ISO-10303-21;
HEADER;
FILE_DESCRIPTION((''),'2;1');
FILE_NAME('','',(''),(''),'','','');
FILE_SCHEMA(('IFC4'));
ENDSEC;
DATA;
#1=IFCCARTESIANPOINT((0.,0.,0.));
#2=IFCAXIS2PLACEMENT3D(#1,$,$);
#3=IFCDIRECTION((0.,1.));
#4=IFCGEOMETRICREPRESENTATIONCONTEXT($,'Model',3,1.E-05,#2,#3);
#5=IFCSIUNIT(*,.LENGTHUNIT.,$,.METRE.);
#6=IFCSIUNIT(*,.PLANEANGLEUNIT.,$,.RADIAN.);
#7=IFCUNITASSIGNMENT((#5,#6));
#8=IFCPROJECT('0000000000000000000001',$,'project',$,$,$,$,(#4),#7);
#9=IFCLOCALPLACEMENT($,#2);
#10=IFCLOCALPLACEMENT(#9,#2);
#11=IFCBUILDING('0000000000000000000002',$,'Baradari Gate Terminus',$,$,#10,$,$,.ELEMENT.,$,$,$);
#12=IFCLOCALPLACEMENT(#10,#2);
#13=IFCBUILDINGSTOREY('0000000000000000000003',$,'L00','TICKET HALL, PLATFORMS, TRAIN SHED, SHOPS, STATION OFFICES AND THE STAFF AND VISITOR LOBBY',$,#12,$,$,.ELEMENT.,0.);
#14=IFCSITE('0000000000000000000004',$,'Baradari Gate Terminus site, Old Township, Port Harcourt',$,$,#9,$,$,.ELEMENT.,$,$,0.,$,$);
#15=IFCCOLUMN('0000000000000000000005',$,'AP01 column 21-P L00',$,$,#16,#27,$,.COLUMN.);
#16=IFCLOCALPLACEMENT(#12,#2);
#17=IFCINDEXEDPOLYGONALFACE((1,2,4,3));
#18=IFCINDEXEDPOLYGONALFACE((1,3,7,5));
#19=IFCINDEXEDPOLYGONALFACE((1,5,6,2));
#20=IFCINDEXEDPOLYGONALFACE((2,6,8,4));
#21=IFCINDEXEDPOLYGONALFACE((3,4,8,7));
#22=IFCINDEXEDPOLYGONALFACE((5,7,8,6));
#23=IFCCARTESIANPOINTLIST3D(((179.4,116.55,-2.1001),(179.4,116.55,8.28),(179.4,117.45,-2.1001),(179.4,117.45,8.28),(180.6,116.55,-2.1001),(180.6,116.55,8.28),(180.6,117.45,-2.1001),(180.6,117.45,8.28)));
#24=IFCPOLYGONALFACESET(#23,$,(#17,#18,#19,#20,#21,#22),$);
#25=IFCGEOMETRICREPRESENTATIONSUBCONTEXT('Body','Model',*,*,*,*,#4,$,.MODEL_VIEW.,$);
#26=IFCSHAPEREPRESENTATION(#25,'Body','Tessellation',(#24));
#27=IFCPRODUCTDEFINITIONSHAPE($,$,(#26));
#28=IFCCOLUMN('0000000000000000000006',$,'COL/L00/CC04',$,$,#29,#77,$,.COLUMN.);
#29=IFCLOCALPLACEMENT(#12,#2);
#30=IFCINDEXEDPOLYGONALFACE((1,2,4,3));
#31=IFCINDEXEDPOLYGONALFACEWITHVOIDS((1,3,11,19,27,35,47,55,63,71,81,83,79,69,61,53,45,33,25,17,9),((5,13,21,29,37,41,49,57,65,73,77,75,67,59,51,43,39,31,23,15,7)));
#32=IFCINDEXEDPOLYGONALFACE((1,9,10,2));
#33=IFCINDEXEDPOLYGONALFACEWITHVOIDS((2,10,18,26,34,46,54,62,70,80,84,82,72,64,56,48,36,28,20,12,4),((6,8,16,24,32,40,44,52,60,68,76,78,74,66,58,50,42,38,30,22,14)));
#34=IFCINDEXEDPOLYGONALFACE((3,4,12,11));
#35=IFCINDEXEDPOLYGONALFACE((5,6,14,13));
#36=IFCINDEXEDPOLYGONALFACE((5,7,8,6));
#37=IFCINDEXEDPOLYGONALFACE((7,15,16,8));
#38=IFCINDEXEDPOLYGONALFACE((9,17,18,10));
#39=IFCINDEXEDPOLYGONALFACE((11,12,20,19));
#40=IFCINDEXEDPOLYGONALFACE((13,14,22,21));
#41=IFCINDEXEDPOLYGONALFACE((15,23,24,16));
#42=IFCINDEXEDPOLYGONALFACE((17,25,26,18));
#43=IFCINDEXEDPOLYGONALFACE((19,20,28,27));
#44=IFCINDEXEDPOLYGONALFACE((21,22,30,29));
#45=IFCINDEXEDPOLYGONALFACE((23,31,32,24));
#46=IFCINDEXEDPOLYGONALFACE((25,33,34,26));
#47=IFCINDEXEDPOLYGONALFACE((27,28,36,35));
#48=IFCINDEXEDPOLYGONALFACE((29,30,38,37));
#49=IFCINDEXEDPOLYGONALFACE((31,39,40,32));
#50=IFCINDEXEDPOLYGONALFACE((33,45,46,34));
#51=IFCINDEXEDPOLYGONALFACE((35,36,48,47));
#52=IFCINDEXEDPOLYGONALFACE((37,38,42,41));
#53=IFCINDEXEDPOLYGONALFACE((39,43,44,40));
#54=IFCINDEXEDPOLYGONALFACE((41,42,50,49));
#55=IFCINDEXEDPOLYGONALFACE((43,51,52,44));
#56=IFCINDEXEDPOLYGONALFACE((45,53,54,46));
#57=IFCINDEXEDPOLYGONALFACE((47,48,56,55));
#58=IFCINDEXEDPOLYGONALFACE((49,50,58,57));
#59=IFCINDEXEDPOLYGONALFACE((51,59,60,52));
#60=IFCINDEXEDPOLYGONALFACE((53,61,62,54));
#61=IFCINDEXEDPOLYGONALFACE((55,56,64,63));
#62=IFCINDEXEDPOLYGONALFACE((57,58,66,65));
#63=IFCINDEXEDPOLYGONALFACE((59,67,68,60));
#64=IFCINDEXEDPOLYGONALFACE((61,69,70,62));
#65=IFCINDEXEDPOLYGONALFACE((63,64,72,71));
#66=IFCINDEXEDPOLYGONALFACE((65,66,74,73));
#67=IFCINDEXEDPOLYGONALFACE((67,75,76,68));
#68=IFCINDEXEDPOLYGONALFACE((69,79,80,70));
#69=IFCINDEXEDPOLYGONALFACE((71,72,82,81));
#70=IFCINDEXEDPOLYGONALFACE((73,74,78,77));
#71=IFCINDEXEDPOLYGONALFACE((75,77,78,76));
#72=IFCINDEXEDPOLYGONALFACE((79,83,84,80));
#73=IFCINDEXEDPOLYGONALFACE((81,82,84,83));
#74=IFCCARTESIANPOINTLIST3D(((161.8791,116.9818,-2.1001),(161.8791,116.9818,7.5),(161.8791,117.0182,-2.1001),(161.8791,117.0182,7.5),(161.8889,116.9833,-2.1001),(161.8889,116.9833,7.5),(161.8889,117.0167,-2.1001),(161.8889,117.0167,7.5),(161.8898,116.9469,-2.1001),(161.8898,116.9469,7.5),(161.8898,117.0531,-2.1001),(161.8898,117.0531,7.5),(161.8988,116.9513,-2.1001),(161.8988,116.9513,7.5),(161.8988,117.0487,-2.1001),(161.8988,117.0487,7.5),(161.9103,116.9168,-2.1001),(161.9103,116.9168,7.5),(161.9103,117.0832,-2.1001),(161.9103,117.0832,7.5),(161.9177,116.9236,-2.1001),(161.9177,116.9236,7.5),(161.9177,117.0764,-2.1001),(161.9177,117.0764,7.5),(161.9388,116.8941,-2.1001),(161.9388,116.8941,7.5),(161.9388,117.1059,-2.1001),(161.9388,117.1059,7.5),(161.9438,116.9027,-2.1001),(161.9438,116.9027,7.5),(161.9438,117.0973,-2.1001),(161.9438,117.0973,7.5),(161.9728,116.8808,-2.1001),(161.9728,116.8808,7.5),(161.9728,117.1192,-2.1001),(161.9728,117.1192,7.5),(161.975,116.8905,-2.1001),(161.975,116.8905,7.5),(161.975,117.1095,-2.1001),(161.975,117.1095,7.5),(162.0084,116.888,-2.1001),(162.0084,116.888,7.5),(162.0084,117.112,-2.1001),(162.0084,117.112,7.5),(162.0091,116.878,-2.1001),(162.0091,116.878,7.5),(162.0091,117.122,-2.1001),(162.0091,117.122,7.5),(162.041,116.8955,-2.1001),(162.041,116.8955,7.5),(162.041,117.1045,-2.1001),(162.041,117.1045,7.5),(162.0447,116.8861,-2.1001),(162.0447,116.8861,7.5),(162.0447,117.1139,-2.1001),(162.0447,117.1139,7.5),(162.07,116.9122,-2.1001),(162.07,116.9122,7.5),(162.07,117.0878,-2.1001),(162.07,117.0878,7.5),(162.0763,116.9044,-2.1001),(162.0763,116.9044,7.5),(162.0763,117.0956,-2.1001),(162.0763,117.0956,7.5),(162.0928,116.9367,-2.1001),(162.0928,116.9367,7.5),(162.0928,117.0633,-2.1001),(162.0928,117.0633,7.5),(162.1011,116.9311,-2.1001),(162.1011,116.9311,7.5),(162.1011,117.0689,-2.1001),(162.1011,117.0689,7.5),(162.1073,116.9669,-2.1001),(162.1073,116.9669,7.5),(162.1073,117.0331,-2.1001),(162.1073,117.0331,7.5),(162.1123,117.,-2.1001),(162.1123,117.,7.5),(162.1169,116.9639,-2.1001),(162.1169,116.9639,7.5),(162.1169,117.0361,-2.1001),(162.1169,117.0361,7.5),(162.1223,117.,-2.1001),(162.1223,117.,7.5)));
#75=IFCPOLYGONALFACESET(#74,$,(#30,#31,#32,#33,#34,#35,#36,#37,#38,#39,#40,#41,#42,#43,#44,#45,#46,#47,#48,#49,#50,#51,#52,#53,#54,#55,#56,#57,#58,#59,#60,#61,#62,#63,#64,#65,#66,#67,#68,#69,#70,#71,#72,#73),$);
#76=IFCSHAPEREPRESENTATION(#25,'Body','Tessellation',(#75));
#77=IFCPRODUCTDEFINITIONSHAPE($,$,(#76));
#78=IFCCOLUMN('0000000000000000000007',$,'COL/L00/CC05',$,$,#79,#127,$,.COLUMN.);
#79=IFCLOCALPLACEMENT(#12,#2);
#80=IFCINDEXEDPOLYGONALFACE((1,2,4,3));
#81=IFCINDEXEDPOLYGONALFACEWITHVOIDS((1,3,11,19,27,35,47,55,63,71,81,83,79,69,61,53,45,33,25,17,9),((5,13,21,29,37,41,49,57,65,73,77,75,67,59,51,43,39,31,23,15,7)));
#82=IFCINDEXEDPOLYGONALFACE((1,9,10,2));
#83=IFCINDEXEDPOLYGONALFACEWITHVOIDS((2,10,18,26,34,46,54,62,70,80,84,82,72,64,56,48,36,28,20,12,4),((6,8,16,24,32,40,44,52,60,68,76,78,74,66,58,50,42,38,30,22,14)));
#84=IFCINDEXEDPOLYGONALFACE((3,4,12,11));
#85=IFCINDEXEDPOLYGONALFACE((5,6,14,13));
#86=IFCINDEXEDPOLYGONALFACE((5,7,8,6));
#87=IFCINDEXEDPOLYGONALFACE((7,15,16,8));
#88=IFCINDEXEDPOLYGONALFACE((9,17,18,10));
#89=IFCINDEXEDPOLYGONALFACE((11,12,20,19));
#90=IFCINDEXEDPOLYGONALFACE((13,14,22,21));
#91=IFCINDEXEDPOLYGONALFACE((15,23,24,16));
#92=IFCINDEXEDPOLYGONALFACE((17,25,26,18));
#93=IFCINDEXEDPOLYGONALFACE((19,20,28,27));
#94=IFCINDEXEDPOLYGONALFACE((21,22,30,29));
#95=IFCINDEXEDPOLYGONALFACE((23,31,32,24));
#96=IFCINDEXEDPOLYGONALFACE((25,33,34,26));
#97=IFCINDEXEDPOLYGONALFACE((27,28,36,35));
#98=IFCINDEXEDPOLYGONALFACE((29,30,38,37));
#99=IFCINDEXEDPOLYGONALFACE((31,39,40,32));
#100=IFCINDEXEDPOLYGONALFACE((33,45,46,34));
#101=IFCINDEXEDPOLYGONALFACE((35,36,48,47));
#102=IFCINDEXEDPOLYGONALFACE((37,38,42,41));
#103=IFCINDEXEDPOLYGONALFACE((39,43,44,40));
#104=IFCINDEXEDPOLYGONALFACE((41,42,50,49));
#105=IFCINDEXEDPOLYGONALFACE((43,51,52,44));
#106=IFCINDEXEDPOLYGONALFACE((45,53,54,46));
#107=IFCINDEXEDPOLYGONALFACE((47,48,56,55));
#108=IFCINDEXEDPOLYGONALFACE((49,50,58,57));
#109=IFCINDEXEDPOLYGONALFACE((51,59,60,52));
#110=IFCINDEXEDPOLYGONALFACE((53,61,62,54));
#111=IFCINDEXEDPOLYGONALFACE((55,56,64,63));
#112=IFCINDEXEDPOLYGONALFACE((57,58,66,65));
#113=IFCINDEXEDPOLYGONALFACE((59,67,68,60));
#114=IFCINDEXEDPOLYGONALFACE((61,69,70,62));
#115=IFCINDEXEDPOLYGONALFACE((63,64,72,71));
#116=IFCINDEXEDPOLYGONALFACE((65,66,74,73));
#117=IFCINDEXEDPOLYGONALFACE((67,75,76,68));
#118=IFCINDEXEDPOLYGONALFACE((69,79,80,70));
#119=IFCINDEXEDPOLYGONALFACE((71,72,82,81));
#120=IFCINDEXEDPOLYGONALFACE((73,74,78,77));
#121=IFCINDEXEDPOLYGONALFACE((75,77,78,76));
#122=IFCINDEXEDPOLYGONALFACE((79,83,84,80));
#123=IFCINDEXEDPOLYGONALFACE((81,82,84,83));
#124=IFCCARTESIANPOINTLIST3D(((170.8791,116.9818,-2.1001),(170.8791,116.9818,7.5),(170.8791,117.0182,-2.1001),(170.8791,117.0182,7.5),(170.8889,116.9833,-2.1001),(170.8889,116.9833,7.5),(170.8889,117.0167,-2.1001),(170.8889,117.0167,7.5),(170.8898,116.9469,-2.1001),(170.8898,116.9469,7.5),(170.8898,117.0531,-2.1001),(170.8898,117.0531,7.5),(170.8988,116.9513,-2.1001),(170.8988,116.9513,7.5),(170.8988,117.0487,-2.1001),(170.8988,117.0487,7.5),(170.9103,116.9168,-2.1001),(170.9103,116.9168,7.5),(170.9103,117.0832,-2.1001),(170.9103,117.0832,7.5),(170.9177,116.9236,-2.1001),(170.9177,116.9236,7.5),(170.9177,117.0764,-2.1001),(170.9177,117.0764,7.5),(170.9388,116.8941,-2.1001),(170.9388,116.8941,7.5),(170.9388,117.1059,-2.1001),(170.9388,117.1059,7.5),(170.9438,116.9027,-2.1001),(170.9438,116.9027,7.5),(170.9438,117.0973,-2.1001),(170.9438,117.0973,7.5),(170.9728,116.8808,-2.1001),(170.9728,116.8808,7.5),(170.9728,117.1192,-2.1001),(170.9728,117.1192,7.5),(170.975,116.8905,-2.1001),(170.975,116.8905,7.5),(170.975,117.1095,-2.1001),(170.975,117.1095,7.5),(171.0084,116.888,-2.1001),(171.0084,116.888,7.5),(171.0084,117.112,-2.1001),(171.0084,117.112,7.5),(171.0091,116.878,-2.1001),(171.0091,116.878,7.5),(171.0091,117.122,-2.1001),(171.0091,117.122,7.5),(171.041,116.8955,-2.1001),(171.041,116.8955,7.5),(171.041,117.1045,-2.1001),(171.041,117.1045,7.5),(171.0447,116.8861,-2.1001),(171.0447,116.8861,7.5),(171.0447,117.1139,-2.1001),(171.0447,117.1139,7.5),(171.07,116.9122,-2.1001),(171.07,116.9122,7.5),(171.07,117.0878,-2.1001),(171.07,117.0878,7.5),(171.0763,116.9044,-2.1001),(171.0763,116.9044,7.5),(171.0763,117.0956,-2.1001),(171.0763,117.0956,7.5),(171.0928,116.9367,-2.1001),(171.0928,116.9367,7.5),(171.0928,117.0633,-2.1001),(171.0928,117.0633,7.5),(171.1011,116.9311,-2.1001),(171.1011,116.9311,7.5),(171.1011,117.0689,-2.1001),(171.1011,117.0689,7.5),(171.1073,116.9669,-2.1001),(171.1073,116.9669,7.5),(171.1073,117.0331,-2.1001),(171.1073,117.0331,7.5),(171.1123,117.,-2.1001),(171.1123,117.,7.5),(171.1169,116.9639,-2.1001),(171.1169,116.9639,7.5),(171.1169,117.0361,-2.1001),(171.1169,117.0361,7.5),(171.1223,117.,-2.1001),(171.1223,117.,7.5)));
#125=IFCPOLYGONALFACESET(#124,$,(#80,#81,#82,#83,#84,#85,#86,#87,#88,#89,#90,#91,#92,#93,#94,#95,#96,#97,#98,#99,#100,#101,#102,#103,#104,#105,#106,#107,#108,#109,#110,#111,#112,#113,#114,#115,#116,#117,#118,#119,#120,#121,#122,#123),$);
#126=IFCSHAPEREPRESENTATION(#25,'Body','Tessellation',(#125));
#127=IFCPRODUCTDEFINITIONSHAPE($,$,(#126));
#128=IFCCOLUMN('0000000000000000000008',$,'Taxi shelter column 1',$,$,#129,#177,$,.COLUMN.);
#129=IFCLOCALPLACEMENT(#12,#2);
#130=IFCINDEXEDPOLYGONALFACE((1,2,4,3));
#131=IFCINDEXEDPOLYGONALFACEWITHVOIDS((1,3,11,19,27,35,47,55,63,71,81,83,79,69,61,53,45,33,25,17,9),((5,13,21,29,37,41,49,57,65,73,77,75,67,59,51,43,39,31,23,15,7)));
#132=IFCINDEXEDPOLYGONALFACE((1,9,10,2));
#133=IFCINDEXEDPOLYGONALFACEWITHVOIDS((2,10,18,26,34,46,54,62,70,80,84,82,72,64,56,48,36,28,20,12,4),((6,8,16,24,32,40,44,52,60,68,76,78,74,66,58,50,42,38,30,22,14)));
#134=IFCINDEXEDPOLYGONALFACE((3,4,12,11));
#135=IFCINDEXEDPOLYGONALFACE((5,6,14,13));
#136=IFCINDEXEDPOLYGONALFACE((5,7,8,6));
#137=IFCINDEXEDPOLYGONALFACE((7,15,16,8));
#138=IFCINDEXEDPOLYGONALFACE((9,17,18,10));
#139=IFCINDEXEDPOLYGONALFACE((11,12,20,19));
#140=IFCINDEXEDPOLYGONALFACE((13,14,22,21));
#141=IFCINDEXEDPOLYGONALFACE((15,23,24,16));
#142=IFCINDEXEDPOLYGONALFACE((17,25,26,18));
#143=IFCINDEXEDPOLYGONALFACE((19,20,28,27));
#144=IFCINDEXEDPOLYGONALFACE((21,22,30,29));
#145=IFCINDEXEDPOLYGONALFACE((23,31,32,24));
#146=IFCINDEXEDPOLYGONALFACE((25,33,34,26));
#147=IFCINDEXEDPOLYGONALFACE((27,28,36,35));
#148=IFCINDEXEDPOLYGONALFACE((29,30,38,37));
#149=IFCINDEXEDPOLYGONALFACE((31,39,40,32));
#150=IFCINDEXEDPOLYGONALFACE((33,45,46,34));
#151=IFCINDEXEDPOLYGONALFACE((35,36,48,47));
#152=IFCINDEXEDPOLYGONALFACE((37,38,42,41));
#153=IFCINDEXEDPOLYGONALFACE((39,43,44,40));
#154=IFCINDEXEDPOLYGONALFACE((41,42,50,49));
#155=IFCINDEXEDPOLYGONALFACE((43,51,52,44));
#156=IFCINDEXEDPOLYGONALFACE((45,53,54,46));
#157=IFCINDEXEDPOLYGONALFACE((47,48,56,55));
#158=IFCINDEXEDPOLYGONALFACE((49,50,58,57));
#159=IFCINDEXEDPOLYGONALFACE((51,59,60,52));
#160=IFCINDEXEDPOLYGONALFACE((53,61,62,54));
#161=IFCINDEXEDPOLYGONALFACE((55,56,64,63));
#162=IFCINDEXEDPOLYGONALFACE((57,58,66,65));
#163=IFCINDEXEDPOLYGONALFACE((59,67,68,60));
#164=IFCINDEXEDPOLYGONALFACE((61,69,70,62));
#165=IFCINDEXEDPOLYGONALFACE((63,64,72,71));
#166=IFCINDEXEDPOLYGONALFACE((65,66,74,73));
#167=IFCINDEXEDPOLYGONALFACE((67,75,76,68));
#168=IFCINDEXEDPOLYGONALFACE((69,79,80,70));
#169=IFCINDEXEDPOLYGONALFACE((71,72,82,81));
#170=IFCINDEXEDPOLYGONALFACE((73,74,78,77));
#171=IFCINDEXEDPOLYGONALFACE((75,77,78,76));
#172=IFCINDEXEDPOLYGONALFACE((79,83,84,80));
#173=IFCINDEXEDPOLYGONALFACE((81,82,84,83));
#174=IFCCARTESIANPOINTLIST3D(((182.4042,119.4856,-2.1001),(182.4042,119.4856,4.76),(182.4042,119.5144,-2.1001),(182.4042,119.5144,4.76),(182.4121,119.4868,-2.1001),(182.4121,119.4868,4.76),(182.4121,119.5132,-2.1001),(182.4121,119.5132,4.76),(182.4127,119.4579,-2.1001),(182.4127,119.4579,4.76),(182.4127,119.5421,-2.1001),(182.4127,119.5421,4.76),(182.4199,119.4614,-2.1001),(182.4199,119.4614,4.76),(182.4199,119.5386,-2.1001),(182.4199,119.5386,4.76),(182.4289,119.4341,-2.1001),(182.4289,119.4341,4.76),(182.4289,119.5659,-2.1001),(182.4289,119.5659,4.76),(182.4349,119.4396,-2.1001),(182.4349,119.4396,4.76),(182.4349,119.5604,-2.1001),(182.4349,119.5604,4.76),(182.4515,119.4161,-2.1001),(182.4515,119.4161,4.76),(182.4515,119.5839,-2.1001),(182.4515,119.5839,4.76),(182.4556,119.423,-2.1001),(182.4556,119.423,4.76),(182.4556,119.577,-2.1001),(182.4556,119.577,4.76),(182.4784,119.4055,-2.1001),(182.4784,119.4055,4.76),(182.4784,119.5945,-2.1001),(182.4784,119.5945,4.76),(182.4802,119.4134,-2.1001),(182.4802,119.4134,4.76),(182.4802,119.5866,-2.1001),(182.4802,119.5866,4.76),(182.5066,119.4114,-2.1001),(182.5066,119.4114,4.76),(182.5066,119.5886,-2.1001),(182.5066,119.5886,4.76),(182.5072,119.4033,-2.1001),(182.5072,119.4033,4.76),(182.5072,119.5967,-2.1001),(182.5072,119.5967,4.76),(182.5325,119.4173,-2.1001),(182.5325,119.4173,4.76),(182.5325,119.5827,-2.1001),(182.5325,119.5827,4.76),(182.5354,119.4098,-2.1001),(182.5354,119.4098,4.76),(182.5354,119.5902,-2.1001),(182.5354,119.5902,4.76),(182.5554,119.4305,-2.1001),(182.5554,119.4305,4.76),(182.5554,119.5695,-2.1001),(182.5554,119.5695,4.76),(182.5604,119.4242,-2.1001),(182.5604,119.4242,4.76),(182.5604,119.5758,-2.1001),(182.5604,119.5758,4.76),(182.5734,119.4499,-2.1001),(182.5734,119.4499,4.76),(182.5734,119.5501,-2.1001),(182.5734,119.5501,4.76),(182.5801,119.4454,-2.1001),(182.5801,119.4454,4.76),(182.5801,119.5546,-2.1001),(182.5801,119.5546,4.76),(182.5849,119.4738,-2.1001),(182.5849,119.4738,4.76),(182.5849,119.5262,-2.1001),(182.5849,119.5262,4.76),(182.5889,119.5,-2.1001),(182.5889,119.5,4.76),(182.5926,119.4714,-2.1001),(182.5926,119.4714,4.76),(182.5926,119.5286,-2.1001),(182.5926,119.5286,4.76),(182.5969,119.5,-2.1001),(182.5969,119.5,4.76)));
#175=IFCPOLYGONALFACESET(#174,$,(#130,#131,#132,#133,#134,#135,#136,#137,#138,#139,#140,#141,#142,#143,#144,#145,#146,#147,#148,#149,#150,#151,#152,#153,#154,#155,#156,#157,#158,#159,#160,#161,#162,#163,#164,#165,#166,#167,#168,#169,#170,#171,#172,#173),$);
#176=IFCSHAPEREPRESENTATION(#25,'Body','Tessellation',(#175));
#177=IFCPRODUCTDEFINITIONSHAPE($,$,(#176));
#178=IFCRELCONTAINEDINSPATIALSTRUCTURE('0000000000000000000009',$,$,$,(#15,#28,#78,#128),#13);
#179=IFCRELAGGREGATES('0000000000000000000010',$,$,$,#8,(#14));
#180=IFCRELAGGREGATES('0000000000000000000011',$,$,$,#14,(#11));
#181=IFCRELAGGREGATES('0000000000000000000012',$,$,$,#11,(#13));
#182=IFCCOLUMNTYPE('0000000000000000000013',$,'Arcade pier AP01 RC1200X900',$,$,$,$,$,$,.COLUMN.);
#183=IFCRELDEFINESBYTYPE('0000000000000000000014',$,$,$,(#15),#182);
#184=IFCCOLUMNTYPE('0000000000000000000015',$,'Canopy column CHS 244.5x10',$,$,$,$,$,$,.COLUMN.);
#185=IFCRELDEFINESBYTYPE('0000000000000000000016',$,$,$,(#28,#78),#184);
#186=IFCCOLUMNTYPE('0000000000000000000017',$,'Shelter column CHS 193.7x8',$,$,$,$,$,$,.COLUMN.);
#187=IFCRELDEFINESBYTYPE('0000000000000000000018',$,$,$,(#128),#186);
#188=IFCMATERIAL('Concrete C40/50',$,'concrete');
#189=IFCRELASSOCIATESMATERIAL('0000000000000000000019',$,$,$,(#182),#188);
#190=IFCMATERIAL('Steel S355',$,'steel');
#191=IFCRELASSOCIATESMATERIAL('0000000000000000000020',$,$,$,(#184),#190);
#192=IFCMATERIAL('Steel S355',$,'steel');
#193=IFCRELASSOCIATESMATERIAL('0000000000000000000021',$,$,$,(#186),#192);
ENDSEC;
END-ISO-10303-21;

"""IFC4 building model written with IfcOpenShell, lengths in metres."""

from ifc_helpers import new_model, si_unit, direction, frame, origin, origin_2d, place, context, subcontext, project, spatial, rectangle, hollow_circle, extrude, material, material_profile, profile_set, type_object, element, save


model = new_model("IFC4")

# Units and contexts
model_context = context("Model", 3, precision=1e-05, world=origin(), true_north=direction((0.0, 1.0)))
body_context = subcontext(model_context, "Body", "Model", "MODEL_VIEW")
ifc_project = project(units=[si_unit("LENGTHUNIT", "METRE"), si_unit("PLANEANGLEUNIT", "RADIAN")], contexts=[model_context])

# Site, building, storey
site_placement = place(None, origin())
site = spatial("IfcSite", under=ifc_project, at=site_placement, Name="Baradari Gate Terminus site, Old Township, Port Harcourt", CompositionType="ELEMENT", RefElevation=0.0)
building_placement = place(site_placement, origin())
building = spatial("IfcBuilding", under=site, at=building_placement, Name="Baradari Gate Terminus", CompositionType="ELEMENT")
storey_placement = place(building_placement, origin())
storey = spatial("IfcBuildingStorey", under=building, at=storey_placement, Name="L00", Description="TICKET HALL, PLATFORMS, TRAIN SHED, SHOPS, STATION OFFICES AND THE STAFF AND VISITOR LOBBY", CompositionType="ELEMENT", Elevation=0.0)

# Columns
ifc_material_1 = material(Name="Concrete C40/50", Category="concrete")
ifc_material_profile_1 = material_profile(ifc_material_1, rectangle(XDim=1.2, YDim=0.8999, at=origin_2d()), Name="RC1200X900")
ifc_profile_set_1 = profile_set([ifc_material_profile_1], Name="Concrete C40/50")
column_type_1 = type_object("IfcColumnType", Name="Arcade pier AP01 RC1200X900", PredefinedType="COLUMN", material=ifc_profile_set_1)
column_1_placement = place(storey_placement, frame((180.0, 117.0, -2.1001), z_axis=(0.0, 0.0, 1.0), x_axis=(1.0, 0.0, 0.0)))
element("IfcColumn", 1, at=column_1_placement, inside=storey, type_object=column_type_1, Name="AP01 column 21-P L00", PredefinedType="COLUMN", context=body_context, shape_type="SweptSolid", body=[
    extrude(rectangle(XDim=1.2, YDim=0.8999, at=origin_2d()), origin(), (0.0, 0.0, 1.0), 10.3801),
])
ifc_material_2 = material(Name="Steel S355", Category="steel")
ifc_material_profile_2 = material_profile(ifc_material_2, hollow_circle(Radius=0.1223, WallThickness=0.01, at=origin_2d()), Name="CHS 244.5x10")
ifc_profile_set_2 = profile_set([ifc_material_profile_2], Name="Steel S355")
column_type_2 = type_object("IfcColumnType", Name="Canopy column CHS 244.5x10", PredefinedType="COLUMN", material=ifc_profile_set_2)
for number, where, z_axis, x_axis, name in (
    (2, (162.0, 117.0, -2.1001), (0.0, 0.0, 1.0), (1.0, 0.0, 0.0), "COL/L00/CC04"),
    (3, (171.0, 117.0, -2.1001), (0.0, 0.0, 1.0), (1.0, 0.0, 0.0), "COL/L00/CC05"),
):
    element("IfcColumn", number, at=place(storey_placement, frame(where, z_axis=z_axis, x_axis=x_axis)), inside=storey, type_object=column_type_2, Name=name, PredefinedType="COLUMN", context=body_context, shape_type="SweptSolid", body=[
        extrude(hollow_circle(Radius=0.1223, WallThickness=0.01, at=origin_2d()), origin(), (0.0, 0.0, 1.0), 9.6001),
    ])
ifc_material_3 = material(Name="Steel S355", Category="steel")
ifc_material_profile_3 = material_profile(ifc_material_3, hollow_circle(Radius=0.0969, WallThickness=0.0081, at=origin_2d()), Name="CHS 193.7x8")
ifc_profile_set_3 = profile_set([ifc_material_profile_3], Name="Steel S355")
column_type_3 = type_object("IfcColumnType", Name="Shelter column CHS 193.7x8", PredefinedType="COLUMN", material=ifc_profile_set_3)
column_2_placement = place(storey_placement, frame((182.5, 119.5, -2.1001), z_axis=(0.0, 0.0, 1.0), x_axis=(1.0, 0.0, 0.0)))
element("IfcColumn", 4, at=column_2_placement, inside=storey, type_object=column_type_3, Name="Taxi shelter column 1", PredefinedType="COLUMN", context=body_context, shape_type="SweptSolid", body=[
    extrude(hollow_circle(Radius=0.0969, WallThickness=0.0081, at=origin_2d()), origin(), (0.0, 0.0, 1.0), 6.8601),
])

save(model, "model.ifc")
